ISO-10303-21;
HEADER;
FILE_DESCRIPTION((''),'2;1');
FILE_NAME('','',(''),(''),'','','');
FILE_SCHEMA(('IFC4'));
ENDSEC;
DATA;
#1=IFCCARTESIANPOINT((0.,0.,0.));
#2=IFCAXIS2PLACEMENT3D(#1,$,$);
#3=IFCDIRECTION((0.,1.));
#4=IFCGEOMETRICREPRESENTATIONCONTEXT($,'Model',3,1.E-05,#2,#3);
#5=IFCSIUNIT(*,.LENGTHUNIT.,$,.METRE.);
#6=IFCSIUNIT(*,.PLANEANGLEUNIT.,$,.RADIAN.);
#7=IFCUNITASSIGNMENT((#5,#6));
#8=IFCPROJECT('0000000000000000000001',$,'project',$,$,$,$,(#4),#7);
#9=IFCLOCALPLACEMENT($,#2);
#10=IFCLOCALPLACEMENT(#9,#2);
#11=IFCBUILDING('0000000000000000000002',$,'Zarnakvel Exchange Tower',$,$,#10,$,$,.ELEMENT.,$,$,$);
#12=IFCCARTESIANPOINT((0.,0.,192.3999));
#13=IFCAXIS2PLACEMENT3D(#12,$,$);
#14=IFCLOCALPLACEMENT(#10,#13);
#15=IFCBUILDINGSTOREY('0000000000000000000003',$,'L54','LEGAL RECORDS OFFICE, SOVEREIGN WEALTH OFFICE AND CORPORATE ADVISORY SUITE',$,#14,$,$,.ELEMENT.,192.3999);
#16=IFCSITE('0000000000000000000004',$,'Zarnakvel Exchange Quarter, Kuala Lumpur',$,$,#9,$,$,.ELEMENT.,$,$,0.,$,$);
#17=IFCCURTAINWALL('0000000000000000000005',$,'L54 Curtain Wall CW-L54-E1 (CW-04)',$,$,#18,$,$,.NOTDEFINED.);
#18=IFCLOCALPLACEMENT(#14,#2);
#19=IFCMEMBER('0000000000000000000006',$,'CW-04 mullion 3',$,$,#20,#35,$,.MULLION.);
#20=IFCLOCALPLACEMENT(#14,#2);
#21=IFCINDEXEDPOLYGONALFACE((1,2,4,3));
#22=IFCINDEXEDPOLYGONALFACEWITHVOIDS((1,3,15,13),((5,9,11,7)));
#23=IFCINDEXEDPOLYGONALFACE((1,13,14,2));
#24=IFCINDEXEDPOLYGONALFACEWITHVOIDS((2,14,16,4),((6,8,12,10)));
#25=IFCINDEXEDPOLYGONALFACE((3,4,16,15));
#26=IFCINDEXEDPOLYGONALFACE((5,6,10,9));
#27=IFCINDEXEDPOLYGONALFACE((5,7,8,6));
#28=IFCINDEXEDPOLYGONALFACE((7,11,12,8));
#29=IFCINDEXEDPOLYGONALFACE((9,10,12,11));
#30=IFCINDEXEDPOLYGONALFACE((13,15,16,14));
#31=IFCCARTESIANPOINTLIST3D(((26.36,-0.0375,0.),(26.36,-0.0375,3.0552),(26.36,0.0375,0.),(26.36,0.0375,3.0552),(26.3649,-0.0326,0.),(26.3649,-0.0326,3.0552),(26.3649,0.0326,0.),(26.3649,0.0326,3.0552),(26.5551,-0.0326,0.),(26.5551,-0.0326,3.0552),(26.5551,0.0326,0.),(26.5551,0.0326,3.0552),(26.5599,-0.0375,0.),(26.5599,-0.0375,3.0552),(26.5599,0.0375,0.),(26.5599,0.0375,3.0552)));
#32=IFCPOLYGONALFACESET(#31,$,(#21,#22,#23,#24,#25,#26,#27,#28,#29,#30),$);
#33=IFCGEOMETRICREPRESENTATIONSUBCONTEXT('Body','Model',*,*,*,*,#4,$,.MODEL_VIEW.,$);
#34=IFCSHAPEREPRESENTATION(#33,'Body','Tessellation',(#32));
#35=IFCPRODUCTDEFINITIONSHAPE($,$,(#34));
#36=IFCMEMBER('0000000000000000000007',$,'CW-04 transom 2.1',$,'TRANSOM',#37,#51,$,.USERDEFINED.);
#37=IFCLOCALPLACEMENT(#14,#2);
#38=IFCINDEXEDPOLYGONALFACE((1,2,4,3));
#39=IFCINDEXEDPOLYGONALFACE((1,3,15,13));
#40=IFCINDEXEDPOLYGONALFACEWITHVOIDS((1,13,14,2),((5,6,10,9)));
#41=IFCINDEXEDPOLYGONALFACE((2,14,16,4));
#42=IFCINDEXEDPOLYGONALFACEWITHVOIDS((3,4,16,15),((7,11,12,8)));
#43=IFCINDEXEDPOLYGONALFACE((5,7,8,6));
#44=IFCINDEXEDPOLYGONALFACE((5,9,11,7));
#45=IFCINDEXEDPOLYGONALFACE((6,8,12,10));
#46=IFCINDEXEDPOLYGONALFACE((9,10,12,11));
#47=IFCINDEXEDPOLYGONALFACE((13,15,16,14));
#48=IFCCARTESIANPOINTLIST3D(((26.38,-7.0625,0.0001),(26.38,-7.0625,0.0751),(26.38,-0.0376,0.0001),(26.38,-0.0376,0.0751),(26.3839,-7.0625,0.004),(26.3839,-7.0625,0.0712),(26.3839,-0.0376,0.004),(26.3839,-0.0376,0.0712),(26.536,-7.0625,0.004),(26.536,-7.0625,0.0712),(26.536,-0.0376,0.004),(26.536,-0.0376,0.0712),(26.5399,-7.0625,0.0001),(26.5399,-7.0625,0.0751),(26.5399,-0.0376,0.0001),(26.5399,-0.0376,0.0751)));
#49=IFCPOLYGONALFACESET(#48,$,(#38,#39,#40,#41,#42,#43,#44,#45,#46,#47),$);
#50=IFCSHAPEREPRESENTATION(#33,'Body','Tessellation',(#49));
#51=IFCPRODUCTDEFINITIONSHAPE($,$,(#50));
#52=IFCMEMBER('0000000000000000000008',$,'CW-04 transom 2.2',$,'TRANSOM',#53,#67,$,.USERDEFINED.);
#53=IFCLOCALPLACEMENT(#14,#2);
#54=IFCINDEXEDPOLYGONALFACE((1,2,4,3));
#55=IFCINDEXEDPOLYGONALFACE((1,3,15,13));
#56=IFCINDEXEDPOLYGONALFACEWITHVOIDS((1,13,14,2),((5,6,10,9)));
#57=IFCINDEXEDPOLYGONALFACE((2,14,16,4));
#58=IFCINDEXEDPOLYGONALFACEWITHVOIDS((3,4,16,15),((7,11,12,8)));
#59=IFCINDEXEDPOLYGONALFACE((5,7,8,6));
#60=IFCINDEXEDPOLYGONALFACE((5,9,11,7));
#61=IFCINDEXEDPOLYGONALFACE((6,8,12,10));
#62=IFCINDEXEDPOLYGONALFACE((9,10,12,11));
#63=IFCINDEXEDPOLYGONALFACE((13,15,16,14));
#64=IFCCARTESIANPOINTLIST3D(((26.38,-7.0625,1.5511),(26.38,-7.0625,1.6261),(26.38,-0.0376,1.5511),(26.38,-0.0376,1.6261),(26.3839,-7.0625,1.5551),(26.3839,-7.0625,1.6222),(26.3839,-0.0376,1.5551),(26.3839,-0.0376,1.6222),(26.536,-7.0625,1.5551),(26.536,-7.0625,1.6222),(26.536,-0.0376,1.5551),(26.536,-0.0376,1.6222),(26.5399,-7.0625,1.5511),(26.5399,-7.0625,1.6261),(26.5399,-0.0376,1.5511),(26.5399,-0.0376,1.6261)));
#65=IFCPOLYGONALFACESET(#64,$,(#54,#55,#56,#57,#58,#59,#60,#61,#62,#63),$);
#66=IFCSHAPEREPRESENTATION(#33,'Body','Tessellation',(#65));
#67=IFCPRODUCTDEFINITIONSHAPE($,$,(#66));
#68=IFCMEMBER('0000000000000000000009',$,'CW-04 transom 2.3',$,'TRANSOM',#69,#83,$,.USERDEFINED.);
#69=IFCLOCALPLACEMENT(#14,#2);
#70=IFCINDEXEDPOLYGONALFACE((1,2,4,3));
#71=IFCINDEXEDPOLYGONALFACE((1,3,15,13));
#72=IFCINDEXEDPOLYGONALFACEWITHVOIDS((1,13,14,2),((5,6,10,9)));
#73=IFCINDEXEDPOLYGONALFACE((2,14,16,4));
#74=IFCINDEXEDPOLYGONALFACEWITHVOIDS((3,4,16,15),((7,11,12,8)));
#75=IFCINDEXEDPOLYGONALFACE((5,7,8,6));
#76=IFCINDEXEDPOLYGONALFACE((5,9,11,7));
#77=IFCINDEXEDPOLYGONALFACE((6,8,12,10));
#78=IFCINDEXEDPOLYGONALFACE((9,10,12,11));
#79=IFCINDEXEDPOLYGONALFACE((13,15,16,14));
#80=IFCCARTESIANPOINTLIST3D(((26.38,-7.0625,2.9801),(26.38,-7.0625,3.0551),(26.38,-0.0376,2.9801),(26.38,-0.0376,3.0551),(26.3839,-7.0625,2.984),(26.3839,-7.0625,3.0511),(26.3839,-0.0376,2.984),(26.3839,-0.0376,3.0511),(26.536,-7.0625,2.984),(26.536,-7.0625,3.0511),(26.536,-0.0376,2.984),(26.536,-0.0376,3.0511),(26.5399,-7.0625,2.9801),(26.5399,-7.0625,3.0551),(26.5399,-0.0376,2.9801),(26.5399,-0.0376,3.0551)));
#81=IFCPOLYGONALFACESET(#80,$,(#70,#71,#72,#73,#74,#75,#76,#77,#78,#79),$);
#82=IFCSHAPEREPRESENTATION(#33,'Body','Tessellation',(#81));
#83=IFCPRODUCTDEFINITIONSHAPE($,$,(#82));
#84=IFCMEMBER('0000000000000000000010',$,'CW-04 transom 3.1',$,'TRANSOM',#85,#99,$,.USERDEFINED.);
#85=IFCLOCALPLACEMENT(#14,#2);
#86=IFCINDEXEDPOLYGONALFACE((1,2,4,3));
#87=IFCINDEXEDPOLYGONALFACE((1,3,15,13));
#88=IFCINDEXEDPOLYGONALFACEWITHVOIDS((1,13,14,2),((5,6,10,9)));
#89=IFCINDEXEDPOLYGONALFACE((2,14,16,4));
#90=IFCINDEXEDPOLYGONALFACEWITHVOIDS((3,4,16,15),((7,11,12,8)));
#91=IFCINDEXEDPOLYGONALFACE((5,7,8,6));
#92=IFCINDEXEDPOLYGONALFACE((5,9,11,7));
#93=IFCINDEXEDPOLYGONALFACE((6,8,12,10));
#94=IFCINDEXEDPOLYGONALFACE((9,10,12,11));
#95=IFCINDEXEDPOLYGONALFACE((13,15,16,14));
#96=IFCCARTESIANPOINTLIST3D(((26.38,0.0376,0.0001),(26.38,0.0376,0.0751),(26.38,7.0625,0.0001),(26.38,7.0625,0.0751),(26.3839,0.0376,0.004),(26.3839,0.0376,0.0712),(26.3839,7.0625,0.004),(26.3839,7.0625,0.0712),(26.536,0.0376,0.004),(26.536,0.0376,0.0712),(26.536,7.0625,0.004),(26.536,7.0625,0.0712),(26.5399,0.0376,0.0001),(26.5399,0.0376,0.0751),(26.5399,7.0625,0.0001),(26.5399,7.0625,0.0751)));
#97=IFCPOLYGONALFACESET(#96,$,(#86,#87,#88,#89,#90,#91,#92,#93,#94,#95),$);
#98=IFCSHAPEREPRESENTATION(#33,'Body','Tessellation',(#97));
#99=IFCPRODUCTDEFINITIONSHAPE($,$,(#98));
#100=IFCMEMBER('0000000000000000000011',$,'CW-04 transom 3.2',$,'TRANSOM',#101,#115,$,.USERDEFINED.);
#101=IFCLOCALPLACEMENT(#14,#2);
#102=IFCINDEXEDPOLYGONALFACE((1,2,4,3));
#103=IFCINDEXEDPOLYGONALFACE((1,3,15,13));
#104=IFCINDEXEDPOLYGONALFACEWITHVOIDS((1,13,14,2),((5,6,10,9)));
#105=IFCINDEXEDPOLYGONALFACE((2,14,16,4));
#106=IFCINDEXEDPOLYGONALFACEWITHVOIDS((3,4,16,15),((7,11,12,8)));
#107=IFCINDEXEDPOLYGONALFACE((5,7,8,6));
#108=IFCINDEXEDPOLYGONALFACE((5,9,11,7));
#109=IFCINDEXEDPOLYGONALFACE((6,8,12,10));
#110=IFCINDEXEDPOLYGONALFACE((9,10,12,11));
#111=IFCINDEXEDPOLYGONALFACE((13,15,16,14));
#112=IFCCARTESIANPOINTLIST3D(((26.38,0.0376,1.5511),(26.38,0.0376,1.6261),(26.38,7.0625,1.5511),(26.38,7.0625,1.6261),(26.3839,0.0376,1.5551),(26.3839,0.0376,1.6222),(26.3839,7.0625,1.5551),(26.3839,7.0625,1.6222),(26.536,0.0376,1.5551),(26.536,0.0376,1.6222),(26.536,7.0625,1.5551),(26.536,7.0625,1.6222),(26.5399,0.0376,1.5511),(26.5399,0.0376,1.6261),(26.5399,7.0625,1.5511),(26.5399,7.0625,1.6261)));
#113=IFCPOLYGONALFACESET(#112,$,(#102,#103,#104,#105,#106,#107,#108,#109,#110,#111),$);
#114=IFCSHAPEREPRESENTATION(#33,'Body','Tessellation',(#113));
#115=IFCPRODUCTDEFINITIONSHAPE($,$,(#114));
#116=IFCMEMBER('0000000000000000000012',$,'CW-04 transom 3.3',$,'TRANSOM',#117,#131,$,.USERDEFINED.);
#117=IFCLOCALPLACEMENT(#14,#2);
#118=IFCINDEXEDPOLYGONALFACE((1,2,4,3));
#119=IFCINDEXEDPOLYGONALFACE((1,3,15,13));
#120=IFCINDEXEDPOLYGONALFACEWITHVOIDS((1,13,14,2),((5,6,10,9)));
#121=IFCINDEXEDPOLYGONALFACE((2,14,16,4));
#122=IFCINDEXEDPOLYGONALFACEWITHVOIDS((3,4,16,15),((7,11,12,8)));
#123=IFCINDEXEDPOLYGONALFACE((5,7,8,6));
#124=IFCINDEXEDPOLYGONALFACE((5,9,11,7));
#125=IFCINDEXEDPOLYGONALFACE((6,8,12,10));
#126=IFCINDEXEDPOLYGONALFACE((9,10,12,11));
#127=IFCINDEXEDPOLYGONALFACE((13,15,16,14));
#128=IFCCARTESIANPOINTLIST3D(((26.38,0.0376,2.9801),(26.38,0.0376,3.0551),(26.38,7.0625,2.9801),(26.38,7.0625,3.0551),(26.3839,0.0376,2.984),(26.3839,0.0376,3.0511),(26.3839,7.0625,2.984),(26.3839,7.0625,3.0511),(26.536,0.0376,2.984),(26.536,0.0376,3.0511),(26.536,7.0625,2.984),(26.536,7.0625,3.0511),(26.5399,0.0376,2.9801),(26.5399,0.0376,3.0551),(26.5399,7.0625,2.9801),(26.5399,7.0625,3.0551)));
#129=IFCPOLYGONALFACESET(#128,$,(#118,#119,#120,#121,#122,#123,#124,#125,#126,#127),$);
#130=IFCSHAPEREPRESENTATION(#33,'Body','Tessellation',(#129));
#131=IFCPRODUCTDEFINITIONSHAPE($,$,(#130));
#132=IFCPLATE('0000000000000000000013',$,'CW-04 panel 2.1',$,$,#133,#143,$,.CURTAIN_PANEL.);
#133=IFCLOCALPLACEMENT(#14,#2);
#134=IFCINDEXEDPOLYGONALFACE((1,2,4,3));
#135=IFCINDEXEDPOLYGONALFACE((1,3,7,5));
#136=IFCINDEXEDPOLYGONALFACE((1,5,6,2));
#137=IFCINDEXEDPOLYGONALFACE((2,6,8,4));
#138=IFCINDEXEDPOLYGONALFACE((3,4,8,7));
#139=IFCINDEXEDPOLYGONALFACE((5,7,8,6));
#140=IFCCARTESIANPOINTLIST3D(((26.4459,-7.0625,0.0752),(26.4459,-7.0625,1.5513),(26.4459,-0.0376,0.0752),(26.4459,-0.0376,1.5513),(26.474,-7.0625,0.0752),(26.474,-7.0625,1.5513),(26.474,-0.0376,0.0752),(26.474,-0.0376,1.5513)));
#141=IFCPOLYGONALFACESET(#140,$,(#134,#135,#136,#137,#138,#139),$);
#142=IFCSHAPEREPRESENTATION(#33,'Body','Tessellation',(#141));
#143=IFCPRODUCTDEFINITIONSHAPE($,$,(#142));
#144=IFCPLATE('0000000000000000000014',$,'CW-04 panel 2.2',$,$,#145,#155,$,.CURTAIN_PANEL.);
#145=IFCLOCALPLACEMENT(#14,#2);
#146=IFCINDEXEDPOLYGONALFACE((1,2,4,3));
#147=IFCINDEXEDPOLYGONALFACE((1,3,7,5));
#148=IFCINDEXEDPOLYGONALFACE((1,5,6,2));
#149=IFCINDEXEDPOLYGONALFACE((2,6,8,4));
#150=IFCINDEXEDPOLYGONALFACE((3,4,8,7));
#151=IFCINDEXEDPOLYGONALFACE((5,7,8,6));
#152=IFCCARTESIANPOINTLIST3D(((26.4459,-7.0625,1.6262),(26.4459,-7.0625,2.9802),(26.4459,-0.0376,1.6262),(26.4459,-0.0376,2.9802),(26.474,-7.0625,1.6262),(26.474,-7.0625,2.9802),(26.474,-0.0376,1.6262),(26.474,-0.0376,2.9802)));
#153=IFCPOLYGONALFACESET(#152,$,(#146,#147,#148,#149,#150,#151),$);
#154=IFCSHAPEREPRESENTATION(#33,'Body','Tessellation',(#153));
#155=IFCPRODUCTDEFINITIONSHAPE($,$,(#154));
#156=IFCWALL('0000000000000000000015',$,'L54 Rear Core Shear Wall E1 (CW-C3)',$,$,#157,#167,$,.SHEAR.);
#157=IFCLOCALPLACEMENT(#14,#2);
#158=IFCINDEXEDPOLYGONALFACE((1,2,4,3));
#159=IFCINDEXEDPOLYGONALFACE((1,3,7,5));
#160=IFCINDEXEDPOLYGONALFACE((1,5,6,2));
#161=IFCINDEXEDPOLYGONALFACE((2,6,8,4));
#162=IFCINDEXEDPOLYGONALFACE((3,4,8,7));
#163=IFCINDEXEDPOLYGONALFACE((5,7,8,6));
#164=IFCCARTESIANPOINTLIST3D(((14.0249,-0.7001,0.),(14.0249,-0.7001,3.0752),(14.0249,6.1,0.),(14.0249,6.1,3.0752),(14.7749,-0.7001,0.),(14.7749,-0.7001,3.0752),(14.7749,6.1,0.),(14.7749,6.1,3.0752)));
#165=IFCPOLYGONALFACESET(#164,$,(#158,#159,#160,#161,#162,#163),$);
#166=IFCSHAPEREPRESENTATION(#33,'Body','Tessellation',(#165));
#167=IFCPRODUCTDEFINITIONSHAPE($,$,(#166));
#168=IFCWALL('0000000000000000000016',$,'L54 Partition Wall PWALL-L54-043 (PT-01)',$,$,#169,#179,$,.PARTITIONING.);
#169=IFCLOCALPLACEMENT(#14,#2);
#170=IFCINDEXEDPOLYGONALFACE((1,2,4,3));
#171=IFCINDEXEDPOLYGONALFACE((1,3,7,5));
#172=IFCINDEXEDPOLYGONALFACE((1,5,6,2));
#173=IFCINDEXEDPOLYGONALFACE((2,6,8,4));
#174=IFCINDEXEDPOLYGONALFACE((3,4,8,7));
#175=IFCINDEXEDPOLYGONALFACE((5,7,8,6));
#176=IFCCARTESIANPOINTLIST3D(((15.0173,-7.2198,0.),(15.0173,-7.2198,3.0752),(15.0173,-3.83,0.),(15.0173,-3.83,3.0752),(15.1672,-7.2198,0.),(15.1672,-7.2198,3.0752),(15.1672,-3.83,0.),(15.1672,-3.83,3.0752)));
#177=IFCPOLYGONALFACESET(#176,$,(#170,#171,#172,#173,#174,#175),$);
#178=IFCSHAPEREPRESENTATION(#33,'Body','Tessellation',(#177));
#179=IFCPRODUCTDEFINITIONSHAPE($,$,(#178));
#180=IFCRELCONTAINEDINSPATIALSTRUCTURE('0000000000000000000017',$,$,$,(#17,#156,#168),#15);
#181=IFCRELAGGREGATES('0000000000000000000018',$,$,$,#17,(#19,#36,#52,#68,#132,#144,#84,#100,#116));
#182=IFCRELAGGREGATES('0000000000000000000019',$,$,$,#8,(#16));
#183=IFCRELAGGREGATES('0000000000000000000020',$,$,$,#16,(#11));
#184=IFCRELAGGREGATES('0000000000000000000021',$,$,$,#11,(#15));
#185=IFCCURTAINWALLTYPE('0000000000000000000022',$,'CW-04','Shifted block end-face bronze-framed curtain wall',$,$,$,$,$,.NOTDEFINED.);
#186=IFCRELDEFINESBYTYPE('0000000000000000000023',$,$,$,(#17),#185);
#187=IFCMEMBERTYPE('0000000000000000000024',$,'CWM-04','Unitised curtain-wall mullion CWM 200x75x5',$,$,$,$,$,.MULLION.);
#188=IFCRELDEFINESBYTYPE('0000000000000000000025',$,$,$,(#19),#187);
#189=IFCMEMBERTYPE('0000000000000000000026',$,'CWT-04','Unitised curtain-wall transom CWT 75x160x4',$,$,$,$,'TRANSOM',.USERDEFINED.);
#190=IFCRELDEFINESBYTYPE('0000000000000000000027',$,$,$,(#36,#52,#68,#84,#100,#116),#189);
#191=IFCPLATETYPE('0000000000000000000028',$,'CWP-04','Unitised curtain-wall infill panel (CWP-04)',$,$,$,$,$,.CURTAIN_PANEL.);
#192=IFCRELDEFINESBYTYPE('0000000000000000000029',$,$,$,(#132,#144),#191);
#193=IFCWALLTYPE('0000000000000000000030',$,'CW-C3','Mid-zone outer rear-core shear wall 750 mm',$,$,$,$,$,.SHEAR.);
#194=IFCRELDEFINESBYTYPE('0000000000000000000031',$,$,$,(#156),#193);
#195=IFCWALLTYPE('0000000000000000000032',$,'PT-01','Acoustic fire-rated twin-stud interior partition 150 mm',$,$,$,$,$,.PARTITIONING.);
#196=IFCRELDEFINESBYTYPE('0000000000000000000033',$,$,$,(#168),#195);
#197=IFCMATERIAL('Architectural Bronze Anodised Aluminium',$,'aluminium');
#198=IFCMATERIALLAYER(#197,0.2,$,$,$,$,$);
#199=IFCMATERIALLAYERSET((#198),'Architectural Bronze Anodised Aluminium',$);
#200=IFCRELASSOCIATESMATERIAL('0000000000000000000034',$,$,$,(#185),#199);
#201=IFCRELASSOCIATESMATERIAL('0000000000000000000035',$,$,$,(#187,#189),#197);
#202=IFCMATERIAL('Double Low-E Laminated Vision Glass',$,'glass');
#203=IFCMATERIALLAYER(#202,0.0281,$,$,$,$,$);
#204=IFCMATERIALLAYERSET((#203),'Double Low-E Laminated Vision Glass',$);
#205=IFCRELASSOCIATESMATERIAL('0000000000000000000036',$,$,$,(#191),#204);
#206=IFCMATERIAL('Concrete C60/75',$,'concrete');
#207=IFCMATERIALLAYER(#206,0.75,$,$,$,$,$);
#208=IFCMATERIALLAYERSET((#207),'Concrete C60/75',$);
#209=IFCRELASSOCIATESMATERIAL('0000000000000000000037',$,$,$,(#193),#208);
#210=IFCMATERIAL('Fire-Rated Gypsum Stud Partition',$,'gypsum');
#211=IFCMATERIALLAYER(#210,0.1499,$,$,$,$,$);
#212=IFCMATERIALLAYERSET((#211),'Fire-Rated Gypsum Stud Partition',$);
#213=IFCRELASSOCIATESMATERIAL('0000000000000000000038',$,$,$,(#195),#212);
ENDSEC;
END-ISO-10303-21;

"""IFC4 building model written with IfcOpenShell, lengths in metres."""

from ifc_helpers import new_model, si_unit, direction, frame, frame_2d, origin, origin_2d, place, context, subcontext, project, spatial, rectangle, hollow_rectangle, extrude, source, transform, mapped, material, layer, layer_set, material_profile, profile_set, type_object, element, aggregate, save


model = new_model("IFC4")

# Units and contexts
model_context = context("Model", 3, precision=1e-05, world=origin(), true_north=direction((0.0, 1.0)))
body_context = subcontext(model_context, "Body", "Model", "MODEL_VIEW")
ifc_project = project(units=[si_unit("LENGTHUNIT", "METRE"), si_unit("PLANEANGLEUNIT", "RADIAN")], contexts=[model_context])

# Site, building, storey
site_placement = place(None, origin())
site = spatial("IfcSite", under=ifc_project, at=site_placement, Name="Zarnakvel Exchange Quarter, Kuala Lumpur", CompositionType="ELEMENT", RefElevation=0.0)
building_placement = place(site_placement, origin())
building = spatial("IfcBuilding", under=site, at=building_placement, Name="Zarnakvel Exchange Tower", CompositionType="ELEMENT")
storey_placement = place(building_placement, frame((0.0, 0.0, 192.3999)))
storey = spatial("IfcBuildingStorey", under=building, at=storey_placement, Name="L54", Description="LEGAL RECORDS OFFICE, SOVEREIGN WEALTH OFFICE AND CORPORATE ADVISORY SUITE", CompositionType="ELEMENT", Elevation=192.3999)

# Shared definitions
ifc_material_1 = material(Name="Concrete C60/75", Category="concrete")

# Curtain wall, members, plates
ifc_material_2 = material(Name="Architectural Bronze Anodised Aluminium", Category="aluminium")
ifc_layer_1 = layer(ifc_material_2, 0.2)
ifc_layer_set_1 = layer_set([ifc_layer_1], Name="Architectural Bronze Anodised Aluminium")
curtain_wall_type = type_object("IfcCurtainWallType", Name="CW-04", Description="Shifted block end-face bronze-framed curtain wall", PredefinedType="NOTDEFINED", material=ifc_layer_set_1)
curtain_wall_placement = place(storey_placement, origin())
curtain_wall = element("IfcCurtainWall", 1, at=curtain_wall_placement, inside=storey, type_object=curtain_wall_type, Name="L54 Curtain Wall CW-L54-E1 (CW-04)", PredefinedType="NOTDEFINED")
ifc_material_profile_1 = material_profile(ifc_material_2, hollow_rectangle(XDim=0.2, YDim=0.075, WallThickness=0.0049, at=origin_2d()))
ifc_profile_set_1 = profile_set([ifc_material_profile_1], Name="Architectural Bronze Anodised Aluminium")
member_type_1 = type_object("IfcMemberType", Name="CWM-04", Description="Unitised curtain-wall mullion CWM 200x75x5", PredefinedType="MULLION", material=ifc_profile_set_1)
shared_shape_1 = source(origin(), body_context, "Body", "SweptSolid", [
    extrude(hollow_rectangle(XDim=0.2, YDim=0.075, WallThickness=0.0049, at=origin_2d()), origin(), (0.0, 0.0, 1.0), 3.0552),
])
member_1_placement = place(storey_placement, frame((26.46, 0.0, 0.0), z_axis=(0.0, 0.0, 1.0), x_axis=(-1.0, 0.0, 0.0)))
member_1 = element("IfcMember", 2, at=member_1_placement, type_object=member_type_1, Name="CW-04 mullion 3", PredefinedType="MULLION", context=body_context, shape_type="MappedRepresentation", body=[
    mapped(shared_shape_1, transform((0.0, 0.0, 0.0), x_axis=(1.0, 0.0, 0.0), y_axis=(0.0, 1.0, 0.0), z_axis=(0.0, 0.0, 1.0), scale=1.0)),
])
ifc_material_profile_2 = material_profile(ifc_material_2, hollow_rectangle(XDim=0.1599, YDim=0.075, WallThickness=0.0039, at=origin_2d()))
ifc_profile_set_2 = profile_set([ifc_material_profile_2], Name="Architectural Bronze Anodised Aluminium")
member_type_2 = type_object("IfcMemberType", Name="CWT-04", Description="Unitised curtain-wall transom CWT 75x160x4", ElementType="TRANSOM", PredefinedType="USERDEFINED", material=ifc_profile_set_2)
shared_shape_2 = source(origin(), body_context, "Body", "SweptSolid", [
    extrude(hollow_rectangle(XDim=0.1599, YDim=0.075, WallThickness=0.0039, at=origin_2d()), origin(), (0.0, 0.0, 1.0), 7.0249),
])
member_2_placement = place(storey_placement, frame((26.46, -7.0625, 0.0376), z_axis=(0.0, 1.0, 0.0), x_axis=(-1.0, 0.0, 0.0)))
member_2 = element("IfcMember", 3, at=member_2_placement, type_object=member_type_2, Name="CW-04 transom 2.1", ObjectType="TRANSOM", PredefinedType="USERDEFINED", context=body_context, shape_type="MappedRepresentation", body=[
    mapped(shared_shape_2, transform((0.0, 0.0, 0.0), x_axis=(1.0, 0.0, 0.0), y_axis=(0.0, 1.0, 0.0), z_axis=(0.0, 0.0, 1.0), scale=1.0)),
])
member_3_placement = place(storey_placement, frame((26.46, -7.0625, 1.5886), z_axis=(0.0, 1.0, 0.0), x_axis=(-1.0, 0.0, 0.0)))
member_3 = element("IfcMember", 4, at=member_3_placement, type_object=member_type_2, Name="CW-04 transom 2.2", ObjectType="TRANSOM", PredefinedType="USERDEFINED", context=body_context, shape_type="MappedRepresentation", body=[
    mapped(shared_shape_2, transform((0.0, 0.0, 0.0), x_axis=(1.0, 0.0, 0.0), y_axis=(0.0, 1.0, 0.0), z_axis=(0.0, 0.0, 1.0), scale=1.0)),
])
member_4_placement = place(storey_placement, frame((26.46, -7.0625, 3.0176), z_axis=(0.0, 1.0, 0.0), x_axis=(-1.0, 0.0, 0.0)))
member_4 = element("IfcMember", 5, at=member_4_placement, type_object=member_type_2, Name="CW-04 transom 2.3", ObjectType="TRANSOM", PredefinedType="USERDEFINED", context=body_context, shape_type="MappedRepresentation", body=[
    mapped(shared_shape_2, transform((0.0, 0.0, 0.0), x_axis=(1.0, 0.0, 0.0), y_axis=(0.0, 1.0, 0.0), z_axis=(0.0, 0.0, 1.0), scale=1.0)),
])
member_5_placement = place(storey_placement, frame((26.46, 0.0376, 0.0376), z_axis=(0.0, 1.0, 0.0), x_axis=(-1.0, 0.0, 0.0)))
member_5 = element("IfcMember", 6, at=member_5_placement, type_object=member_type_2, Name="CW-04 transom 3.1", ObjectType="TRANSOM", PredefinedType="USERDEFINED", context=body_context, shape_type="MappedRepresentation", body=[
    mapped(shared_shape_2, transform((0.0, 0.0, 0.0), x_axis=(1.0, 0.0, 0.0), y_axis=(0.0, 1.0, 0.0), z_axis=(0.0, 0.0, 1.0), scale=1.0)),
])
member_6_placement = place(storey_placement, frame((26.46, 0.0376, 1.5886), z_axis=(0.0, 1.0, 0.0), x_axis=(-1.0, 0.0, 0.0)))
member_6 = element("IfcMember", 7, at=member_6_placement, type_object=member_type_2, Name="CW-04 transom 3.2", ObjectType="TRANSOM", PredefinedType="USERDEFINED", context=body_context, shape_type="MappedRepresentation", body=[
    mapped(shared_shape_2, transform((0.0, 0.0, 0.0), x_axis=(1.0, 0.0, 0.0), y_axis=(0.0, 1.0, 0.0), z_axis=(0.0, 0.0, 1.0), scale=1.0)),
])
member_7_placement = place(storey_placement, frame((26.46, 0.0376, 3.0176), z_axis=(0.0, 1.0, 0.0), x_axis=(-1.0, 0.0, 0.0)))
member_7 = element("IfcMember", 8, at=member_7_placement, type_object=member_type_2, Name="CW-04 transom 3.3", ObjectType="TRANSOM", PredefinedType="USERDEFINED", context=body_context, shape_type="MappedRepresentation", body=[
    mapped(shared_shape_2, transform((0.0, 0.0, 0.0), x_axis=(1.0, 0.0, 0.0), y_axis=(0.0, 1.0, 0.0), z_axis=(0.0, 0.0, 1.0), scale=1.0)),
])
ifc_material_3 = material(Name="Double Low-E Laminated Vision Glass", Category="glass")
ifc_layer_2 = layer(ifc_material_3, 0.0281)
ifc_layer_set_2 = layer_set([ifc_layer_2], Name="Double Low-E Laminated Vision Glass")
plate_type = type_object("IfcPlateType", Name="CWP-04", Description="Unitised curtain-wall infill panel (CWP-04)", PredefinedType="CURTAIN_PANEL", material=ifc_layer_set_2)
shared_shape_3 = source(origin(), body_context, "Body", "SweptSolid", [
    extrude(rectangle(XDim=7.0249, YDim=0.0281, at=origin_2d()), origin(), (0.0, 0.0, 1.0), 1.4761),
])
plate_1_placement = place(storey_placement, frame((26.46, -3.55, 0.0752), z_axis=(0.0, 0.0, 1.0), x_axis=(0.0, 1.0, 0.0)))
plate_1 = element("IfcPlate", 9, at=plate_1_placement, type_object=plate_type, Name="CW-04 panel 2.1", PredefinedType="CURTAIN_PANEL", context=body_context, shape_type="MappedRepresentation", body=[
    mapped(shared_shape_3, transform((0.0, 0.0, 0.0), x_axis=(1.0, 0.0, 0.0), y_axis=(0.0, 1.0, 0.0), z_axis=(0.0, 0.0, 1.0), scale=1.0)),
])
shared_shape_4 = source(origin(), body_context, "Body", "SweptSolid", [
    extrude(rectangle(XDim=7.0249, YDim=0.0281, at=origin_2d()), origin(), (0.0, 0.0, 1.0), 1.354),
])
plate_2_placement = place(storey_placement, frame((26.46, -3.55, 1.6262), z_axis=(0.0, 0.0, 1.0), x_axis=(0.0, 1.0, 0.0)))
plate_2 = element("IfcPlate", 10, at=plate_2_placement, type_object=plate_type, Name="CW-04 panel 2.2", PredefinedType="CURTAIN_PANEL", context=body_context, shape_type="MappedRepresentation", body=[
    mapped(shared_shape_4, transform((0.0, 0.0, 0.0), x_axis=(1.0, 0.0, 0.0), y_axis=(0.0, 1.0, 0.0), z_axis=(0.0, 0.0, 1.0), scale=1.0)),
])
aggregate(curtain_wall, [member_1, member_2, member_3, member_4, plate_1, plate_2, member_5, member_6, member_7])

# Wall
ifc_layer_3 = layer(ifc_material_1, 0.75)
ifc_layer_set_3 = layer_set([ifc_layer_3], Name="Concrete C60/75")
wall_type_1 = type_object("IfcWallType", Name="CW-C3", Description="Mid-zone outer rear-core shear wall 750 mm", PredefinedType="SHEAR", material=ifc_layer_set_3)
wall_1_placement = place(storey_placement, frame((14.3999, -0.7, 0.0), z_axis=(0.0, 0.0, 1.0), x_axis=(0.0, 1.0, 0.0)))
element("IfcWall", 11, at=wall_1_placement, inside=storey, type_object=wall_type_1, Name="L54 Rear Core Shear Wall E1 (CW-C3)", PredefinedType="SHEAR", context=body_context, shape_type="SweptSolid", body=[
    extrude(rectangle(XDim=6.8, YDim=0.75, at=frame_2d((3.3999, 0.0))), origin(), (0.0, 0.0, 1.0), 3.0752),
])

# Wall
ifc_material_4 = material(Name="Fire-Rated Gypsum Stud Partition", Category="gypsum")
ifc_layer_4 = layer(ifc_material_4, 0.1499)
ifc_layer_set_4 = layer_set([ifc_layer_4], Name="Fire-Rated Gypsum Stud Partition")
wall_type_2 = type_object("IfcWallType", Name="PT-01", Description="Acoustic fire-rated twin-stud interior partition 150 mm", PredefinedType="PARTITIONING", material=ifc_layer_set_4)
wall_2_placement = place(storey_placement, frame((15.0923, -3.8301, 0.0), z_axis=(0.0, 0.0, 1.0), x_axis=(0.0, -1.0, 0.0)))
element("IfcWall", 12, at=wall_2_placement, inside=storey, type_object=wall_type_2, Name="L54 Partition Wall PWALL-L54-043 (PT-01)", PredefinedType="PARTITIONING", context=body_context, shape_type="SweptSolid", body=[
    extrude(rectangle(XDim=3.3899, YDim=0.1499, at=frame_2d((1.6948, 0.0))), origin(), (0.0, 0.0, 1.0), 3.0752),
])

save(model, "model.ifc")
